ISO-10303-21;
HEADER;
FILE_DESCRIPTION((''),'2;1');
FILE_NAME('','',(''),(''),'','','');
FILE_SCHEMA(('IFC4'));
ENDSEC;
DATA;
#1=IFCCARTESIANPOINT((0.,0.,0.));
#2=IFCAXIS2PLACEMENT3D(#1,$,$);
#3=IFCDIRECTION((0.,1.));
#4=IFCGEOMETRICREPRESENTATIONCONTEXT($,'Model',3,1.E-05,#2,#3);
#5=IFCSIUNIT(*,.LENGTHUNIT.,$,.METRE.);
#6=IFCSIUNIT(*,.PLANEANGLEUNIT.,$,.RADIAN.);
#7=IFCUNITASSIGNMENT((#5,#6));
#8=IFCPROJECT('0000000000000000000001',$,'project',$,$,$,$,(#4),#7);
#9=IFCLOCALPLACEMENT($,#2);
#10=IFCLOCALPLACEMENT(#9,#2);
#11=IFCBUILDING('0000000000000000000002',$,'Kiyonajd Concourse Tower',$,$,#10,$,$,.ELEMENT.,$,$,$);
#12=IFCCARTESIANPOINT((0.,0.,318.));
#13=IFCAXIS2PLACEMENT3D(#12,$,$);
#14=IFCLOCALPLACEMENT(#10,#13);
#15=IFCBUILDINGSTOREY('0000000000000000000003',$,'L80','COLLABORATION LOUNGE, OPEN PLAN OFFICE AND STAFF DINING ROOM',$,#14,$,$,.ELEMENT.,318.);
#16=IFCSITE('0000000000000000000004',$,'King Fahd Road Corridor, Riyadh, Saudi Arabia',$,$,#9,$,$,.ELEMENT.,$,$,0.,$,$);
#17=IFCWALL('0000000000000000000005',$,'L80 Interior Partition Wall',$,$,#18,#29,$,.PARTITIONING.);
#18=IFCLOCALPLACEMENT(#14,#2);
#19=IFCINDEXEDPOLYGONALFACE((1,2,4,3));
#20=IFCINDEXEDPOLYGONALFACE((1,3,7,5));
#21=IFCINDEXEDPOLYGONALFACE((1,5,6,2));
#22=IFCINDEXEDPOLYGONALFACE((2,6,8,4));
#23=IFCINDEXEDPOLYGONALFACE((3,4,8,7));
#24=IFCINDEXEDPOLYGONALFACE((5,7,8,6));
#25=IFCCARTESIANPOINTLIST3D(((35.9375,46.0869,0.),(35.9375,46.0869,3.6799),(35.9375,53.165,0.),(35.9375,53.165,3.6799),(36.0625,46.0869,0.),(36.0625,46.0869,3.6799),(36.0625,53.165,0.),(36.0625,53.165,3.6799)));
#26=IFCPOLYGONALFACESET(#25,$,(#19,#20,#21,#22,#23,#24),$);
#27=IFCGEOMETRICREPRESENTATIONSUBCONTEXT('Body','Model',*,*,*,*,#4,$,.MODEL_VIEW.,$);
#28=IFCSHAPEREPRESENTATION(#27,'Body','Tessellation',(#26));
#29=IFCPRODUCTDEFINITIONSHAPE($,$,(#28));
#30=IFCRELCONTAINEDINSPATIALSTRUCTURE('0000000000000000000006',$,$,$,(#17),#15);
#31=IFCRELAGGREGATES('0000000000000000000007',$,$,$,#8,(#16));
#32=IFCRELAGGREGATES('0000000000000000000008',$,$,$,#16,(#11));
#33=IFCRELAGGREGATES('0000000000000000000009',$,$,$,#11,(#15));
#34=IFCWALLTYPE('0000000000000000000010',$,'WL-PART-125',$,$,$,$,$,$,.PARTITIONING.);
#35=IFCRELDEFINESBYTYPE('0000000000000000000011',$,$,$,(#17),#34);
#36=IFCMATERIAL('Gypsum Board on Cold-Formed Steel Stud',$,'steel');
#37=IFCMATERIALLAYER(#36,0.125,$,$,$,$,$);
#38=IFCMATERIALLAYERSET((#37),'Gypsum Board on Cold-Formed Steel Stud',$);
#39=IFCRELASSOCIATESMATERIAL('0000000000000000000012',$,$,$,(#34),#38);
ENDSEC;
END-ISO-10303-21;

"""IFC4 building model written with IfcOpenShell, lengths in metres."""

from ifc_helpers import new_model, si_unit, direction, frame, frame_2d, origin, place, context, subcontext, project, spatial, rectangle, extrude, material, layer, layer_set, type_object, element, save


model = new_model("IFC4")

# Units and contexts
model_context = context("Model", 3, precision=1e-05, world=origin(), true_north=direction((0.0, 1.0)))
body_context = subcontext(model_context, "Body", "Model", "MODEL_VIEW")
ifc_project = project(units=[si_unit("LENGTHUNIT", "METRE"), si_unit("PLANEANGLEUNIT", "RADIAN")], contexts=[model_context])

# Site, building, storey
site_placement = place(None, origin())
site = spatial("IfcSite", under=ifc_project, at=site_placement, Name="King Fahd Road Corridor, Riyadh, Saudi Arabia", CompositionType="ELEMENT", RefElevation=0.0)
building_placement = place(site_placement, origin())
building = spatial("IfcBuilding", under=site, at=building_placement, Name="Kiyonajd Concourse Tower", CompositionType="ELEMENT")
storey_placement = place(building_placement, frame((0.0, 0.0, 318.0)))
storey = spatial("IfcBuildingStorey", under=building, at=storey_placement, Name="L80", Description="COLLABORATION LOUNGE, OPEN PLAN OFFICE AND STAFF DINING ROOM", CompositionType="ELEMENT", Elevation=318.0)

# Wall
ifc_material_1 = material(Name="Gypsum Board on Cold-Formed Steel Stud", Category="steel")
ifc_layer_1 = layer(ifc_material_1, 0.125)
ifc_layer_set_1 = layer_set([ifc_layer_1], Name="Gypsum Board on Cold-Formed Steel Stud")
wall_type_1 = type_object("IfcWallType", Name="WL-PART-125", PredefinedType="PARTITIONING", material=ifc_layer_set_1)
wall_1_placement = place(storey_placement, frame((36.0, 46.0869, 0.0), z_axis=(0.0, 0.0, 1.0), x_axis=(0.0, 1.0, 0.0)))
element("IfcWall", 1, at=wall_1_placement, inside=storey, type_object=wall_type_1, Name="L80 Interior Partition Wall", PredefinedType="PARTITIONING", context=body_context, shape_type="SweptSolid", body=[
    extrude(rectangle(XDim=7.0781, YDim=0.125, at=frame_2d((3.5391, 0.0))), origin(), (0.0, 0.0, 1.0), 3.6799),
])

save(model, "model.ifc")
